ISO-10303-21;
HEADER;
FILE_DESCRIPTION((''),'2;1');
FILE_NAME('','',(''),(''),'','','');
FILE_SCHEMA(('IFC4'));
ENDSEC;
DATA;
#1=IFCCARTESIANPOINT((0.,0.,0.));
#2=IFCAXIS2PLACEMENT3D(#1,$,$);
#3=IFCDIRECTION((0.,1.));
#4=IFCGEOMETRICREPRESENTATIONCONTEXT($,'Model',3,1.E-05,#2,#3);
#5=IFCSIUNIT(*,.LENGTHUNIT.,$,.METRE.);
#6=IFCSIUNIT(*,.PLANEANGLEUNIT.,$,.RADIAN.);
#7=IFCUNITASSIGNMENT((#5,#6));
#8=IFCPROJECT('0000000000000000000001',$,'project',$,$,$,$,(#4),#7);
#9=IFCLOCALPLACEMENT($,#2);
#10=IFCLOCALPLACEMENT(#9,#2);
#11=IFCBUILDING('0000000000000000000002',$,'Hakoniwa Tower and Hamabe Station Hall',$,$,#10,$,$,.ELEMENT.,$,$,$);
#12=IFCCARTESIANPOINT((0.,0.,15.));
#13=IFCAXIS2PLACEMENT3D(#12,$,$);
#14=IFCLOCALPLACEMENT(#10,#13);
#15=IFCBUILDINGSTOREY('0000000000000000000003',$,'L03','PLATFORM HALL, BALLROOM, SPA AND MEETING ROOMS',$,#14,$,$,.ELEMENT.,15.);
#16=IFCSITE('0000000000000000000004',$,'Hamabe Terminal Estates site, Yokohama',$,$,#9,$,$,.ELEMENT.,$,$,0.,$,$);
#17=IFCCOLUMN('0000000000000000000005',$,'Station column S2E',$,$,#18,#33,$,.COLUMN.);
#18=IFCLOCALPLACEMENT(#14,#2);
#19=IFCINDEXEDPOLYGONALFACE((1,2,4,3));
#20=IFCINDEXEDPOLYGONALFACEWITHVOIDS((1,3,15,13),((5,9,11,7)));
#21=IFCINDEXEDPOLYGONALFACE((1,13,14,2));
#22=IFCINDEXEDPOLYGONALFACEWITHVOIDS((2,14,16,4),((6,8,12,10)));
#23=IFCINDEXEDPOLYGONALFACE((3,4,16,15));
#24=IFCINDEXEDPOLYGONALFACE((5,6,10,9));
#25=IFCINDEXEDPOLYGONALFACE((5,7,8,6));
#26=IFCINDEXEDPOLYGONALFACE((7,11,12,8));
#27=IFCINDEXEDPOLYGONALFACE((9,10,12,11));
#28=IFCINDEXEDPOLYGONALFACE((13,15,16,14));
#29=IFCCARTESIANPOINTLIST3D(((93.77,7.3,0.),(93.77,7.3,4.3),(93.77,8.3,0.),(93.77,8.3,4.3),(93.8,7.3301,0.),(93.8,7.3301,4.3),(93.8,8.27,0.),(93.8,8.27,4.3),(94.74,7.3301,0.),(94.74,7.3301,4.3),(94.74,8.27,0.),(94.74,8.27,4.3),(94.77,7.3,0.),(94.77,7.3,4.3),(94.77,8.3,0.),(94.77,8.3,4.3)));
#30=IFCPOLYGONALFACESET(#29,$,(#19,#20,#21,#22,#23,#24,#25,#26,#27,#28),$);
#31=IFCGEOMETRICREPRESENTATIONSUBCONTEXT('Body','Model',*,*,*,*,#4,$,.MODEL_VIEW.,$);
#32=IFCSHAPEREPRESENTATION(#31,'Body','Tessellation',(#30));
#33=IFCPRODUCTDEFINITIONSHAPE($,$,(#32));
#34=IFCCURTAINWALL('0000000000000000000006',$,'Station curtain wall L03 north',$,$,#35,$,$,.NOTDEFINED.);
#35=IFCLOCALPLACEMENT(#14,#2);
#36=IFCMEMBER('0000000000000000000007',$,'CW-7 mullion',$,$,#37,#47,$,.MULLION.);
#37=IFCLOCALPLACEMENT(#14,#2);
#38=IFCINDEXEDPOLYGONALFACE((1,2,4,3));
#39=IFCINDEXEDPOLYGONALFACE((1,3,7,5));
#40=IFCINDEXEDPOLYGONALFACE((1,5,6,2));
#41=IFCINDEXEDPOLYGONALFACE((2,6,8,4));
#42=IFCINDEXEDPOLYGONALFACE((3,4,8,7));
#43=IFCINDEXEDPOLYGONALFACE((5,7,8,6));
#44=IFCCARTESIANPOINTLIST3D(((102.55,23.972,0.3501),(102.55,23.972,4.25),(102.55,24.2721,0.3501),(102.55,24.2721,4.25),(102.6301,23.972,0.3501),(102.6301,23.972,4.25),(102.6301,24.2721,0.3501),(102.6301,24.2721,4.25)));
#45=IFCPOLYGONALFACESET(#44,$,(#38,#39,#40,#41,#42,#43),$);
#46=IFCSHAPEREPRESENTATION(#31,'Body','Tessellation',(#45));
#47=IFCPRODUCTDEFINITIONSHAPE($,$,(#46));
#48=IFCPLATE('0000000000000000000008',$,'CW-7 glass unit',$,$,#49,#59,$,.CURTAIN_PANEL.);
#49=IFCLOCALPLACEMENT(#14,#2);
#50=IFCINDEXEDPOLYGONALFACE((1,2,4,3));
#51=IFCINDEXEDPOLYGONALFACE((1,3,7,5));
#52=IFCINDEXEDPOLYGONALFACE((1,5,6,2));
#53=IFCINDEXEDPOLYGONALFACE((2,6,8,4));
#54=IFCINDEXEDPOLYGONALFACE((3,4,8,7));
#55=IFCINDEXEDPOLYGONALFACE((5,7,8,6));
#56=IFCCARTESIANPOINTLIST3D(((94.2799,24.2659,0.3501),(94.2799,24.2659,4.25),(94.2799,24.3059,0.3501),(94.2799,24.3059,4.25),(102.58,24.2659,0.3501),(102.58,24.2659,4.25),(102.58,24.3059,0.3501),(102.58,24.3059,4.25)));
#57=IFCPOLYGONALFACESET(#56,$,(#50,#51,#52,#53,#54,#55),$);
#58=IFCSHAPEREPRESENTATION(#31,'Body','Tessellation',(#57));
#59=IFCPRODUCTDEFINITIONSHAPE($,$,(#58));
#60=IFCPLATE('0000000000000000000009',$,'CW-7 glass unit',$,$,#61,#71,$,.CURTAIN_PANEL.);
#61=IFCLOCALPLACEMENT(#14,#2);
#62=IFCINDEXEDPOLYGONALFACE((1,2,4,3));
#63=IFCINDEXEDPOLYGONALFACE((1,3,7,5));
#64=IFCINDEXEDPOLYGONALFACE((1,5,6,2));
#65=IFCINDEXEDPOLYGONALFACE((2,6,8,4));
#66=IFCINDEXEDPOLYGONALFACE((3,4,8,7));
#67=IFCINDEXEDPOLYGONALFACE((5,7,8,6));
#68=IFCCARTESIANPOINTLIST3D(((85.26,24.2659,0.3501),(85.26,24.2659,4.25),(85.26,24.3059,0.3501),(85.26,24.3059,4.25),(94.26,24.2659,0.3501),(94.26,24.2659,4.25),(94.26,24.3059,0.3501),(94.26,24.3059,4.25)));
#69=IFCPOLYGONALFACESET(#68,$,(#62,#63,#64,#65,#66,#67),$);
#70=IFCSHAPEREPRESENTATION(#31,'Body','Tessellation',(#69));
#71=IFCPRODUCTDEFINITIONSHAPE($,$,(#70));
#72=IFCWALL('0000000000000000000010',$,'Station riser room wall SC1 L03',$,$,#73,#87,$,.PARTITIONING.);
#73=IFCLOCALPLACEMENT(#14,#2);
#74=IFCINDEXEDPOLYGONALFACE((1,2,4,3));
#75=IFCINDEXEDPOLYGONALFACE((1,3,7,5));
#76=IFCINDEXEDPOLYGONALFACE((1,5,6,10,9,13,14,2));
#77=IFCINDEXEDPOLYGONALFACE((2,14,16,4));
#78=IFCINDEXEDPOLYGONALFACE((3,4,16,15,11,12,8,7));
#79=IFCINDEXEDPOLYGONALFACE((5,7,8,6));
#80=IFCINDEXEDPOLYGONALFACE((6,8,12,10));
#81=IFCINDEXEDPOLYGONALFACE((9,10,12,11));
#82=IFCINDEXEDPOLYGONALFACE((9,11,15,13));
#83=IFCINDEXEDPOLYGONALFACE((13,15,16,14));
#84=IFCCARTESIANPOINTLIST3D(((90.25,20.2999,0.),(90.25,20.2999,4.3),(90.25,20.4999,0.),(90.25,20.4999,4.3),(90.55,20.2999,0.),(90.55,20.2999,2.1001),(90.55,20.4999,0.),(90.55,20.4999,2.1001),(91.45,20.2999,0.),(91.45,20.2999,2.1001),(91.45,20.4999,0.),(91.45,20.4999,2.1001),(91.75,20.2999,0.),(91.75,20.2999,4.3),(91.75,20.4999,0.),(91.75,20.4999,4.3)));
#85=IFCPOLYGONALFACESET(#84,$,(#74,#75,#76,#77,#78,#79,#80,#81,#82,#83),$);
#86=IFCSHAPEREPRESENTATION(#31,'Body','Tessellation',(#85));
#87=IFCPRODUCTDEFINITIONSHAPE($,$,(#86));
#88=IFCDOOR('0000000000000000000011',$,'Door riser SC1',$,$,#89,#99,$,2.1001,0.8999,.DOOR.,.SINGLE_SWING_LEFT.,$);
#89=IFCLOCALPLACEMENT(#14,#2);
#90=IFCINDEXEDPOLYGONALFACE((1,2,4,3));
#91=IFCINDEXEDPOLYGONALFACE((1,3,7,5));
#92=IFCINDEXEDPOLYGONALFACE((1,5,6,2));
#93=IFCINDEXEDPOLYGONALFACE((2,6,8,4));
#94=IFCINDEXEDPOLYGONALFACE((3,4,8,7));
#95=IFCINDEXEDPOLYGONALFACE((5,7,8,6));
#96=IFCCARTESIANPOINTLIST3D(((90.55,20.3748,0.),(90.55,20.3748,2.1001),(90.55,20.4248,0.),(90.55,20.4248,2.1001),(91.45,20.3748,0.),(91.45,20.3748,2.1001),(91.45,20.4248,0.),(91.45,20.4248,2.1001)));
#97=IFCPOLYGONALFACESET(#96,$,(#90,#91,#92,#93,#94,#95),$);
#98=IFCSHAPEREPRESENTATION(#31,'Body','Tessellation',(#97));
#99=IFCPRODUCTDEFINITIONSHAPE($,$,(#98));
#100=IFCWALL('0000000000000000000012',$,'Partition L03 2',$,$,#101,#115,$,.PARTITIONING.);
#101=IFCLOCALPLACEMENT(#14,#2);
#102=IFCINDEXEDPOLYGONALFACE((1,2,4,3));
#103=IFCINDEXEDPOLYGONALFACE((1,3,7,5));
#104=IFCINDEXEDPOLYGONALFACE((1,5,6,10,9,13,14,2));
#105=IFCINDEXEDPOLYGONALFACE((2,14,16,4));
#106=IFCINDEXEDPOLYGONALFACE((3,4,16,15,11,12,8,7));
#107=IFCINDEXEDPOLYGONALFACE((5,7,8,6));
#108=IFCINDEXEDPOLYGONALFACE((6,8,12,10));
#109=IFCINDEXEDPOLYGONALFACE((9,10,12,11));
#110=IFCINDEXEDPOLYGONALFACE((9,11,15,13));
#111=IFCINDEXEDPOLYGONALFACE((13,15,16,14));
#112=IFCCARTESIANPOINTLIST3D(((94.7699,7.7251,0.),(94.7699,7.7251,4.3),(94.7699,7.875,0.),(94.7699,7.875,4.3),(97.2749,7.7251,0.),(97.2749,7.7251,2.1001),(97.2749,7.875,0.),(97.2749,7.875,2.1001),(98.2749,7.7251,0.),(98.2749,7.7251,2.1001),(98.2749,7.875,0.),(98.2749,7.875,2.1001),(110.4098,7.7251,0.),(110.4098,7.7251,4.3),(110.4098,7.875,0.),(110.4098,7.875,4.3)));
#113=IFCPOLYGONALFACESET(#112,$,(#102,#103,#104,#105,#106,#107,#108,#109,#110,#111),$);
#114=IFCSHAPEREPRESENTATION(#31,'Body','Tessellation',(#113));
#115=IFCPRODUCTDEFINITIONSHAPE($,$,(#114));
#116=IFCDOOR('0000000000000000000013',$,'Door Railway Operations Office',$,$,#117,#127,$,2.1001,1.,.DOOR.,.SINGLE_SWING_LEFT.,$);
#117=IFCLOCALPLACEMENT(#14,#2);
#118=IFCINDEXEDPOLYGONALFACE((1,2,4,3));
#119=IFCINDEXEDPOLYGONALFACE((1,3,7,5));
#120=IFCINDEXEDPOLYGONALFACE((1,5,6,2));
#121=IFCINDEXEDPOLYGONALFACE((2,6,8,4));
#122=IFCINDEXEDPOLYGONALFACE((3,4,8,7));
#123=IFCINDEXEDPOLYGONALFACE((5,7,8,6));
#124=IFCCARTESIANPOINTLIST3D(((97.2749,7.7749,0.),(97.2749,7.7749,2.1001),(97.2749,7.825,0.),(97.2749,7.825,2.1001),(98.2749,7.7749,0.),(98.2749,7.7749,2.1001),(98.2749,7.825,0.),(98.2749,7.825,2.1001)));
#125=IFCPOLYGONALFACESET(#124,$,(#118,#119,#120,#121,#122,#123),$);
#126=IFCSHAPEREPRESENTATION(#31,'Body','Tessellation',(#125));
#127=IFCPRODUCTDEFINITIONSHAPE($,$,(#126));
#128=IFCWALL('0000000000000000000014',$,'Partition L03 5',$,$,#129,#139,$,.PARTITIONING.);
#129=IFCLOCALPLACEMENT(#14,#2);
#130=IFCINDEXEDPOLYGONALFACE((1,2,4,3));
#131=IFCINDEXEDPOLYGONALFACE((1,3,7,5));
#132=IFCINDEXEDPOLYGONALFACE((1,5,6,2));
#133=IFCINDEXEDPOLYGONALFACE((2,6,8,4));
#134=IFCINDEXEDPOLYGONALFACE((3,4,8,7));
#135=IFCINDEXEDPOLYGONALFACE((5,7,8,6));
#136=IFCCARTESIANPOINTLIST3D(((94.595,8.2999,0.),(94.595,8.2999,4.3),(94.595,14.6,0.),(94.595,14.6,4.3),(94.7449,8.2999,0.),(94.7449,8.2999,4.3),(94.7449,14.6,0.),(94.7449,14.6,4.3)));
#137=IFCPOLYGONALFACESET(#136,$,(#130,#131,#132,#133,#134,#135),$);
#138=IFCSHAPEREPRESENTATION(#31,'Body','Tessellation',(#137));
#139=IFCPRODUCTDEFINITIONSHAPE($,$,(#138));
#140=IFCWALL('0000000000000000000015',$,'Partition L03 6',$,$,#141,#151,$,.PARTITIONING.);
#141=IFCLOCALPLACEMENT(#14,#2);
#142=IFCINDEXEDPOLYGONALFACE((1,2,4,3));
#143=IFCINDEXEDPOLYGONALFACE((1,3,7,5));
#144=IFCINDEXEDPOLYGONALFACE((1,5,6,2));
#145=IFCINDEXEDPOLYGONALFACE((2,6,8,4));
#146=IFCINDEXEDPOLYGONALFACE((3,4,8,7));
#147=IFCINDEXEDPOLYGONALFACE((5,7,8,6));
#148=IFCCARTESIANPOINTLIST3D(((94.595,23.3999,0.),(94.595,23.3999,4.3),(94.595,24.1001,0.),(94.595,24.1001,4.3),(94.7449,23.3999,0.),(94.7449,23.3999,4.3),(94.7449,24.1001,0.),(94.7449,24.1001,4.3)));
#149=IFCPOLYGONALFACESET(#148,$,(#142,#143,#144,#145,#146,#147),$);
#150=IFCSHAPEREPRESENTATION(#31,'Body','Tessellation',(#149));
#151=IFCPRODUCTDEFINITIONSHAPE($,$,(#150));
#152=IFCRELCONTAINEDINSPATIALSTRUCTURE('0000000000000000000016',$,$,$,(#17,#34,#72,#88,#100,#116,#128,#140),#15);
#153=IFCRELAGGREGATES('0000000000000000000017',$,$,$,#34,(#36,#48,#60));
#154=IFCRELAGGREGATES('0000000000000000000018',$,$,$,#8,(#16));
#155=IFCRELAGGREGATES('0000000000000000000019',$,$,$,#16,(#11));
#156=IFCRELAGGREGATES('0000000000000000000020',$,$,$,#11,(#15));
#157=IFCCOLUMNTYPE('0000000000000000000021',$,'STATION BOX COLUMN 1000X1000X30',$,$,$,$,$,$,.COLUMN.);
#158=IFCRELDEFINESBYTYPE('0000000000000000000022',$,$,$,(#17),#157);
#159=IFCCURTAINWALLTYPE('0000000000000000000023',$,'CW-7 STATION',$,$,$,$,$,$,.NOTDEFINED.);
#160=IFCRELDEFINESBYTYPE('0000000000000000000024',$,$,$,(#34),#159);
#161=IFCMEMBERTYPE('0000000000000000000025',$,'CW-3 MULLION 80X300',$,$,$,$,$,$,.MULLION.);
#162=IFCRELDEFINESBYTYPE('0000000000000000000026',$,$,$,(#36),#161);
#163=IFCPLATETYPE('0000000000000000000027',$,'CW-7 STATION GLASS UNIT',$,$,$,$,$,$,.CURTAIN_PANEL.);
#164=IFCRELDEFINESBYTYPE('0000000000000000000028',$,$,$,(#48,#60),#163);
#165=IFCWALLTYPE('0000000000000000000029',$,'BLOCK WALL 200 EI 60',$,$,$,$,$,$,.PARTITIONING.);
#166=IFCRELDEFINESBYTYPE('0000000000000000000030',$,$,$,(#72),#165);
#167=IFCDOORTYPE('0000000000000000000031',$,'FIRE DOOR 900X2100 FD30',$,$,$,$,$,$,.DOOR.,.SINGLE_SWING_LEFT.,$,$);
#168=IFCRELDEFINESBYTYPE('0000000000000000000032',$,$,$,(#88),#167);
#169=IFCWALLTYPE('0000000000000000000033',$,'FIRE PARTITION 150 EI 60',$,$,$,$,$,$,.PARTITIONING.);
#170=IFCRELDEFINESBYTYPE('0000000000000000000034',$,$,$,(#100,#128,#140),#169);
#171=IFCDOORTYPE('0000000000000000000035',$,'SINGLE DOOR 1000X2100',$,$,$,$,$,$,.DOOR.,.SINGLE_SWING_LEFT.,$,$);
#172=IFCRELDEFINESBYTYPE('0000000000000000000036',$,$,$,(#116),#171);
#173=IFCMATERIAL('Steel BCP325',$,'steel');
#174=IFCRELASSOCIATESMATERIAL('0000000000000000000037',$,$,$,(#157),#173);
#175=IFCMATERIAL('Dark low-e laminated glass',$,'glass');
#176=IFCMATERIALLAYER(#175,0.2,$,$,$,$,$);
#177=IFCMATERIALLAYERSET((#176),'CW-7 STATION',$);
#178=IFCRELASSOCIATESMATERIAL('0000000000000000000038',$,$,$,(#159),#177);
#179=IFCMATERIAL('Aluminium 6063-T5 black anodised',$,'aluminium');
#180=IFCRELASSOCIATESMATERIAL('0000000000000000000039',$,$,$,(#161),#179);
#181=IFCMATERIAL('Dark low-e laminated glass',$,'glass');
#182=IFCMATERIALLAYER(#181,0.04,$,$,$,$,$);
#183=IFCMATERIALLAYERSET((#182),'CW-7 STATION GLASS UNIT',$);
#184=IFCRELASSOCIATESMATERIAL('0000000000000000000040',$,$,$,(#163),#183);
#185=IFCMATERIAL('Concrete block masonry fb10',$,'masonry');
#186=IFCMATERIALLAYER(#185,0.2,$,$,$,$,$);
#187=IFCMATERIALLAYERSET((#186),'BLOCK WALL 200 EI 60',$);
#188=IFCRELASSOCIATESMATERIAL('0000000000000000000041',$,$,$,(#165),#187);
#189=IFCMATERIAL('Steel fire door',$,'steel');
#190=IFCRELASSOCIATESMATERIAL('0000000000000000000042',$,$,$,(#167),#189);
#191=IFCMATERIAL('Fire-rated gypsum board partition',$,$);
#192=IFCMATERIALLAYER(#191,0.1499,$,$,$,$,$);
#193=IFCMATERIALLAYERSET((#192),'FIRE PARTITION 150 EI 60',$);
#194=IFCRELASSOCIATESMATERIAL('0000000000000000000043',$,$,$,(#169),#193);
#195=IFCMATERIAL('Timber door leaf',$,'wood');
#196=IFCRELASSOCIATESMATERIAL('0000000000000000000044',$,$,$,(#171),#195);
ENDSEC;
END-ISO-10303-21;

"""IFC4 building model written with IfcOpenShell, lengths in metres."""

from ifc_helpers import new_model, si_unit, direction, frame, frame_2d, origin, origin_2d, place, context, subcontext, project, spatial, rectangle, hollow_rectangle, extrude, material, layer, layer_set, material_profile, profile_set, type_object, element, fill, aggregate, save


model = new_model("IFC4")

# Units and contexts
model_context = context("Model", 3, precision=1e-05, world=origin(), true_north=direction((0.0, 1.0)))
body_context = subcontext(model_context, "Body", "Model", "MODEL_VIEW")
ifc_project = project(units=[si_unit("LENGTHUNIT", "METRE"), si_unit("PLANEANGLEUNIT", "RADIAN")], contexts=[model_context])

# Site, building, storey
site_placement = place(None, origin())
site = spatial("IfcSite", under=ifc_project, at=site_placement, Name="Hamabe Terminal Estates site, Yokohama", CompositionType="ELEMENT", RefElevation=0.0)
building_placement = place(site_placement, origin())
building = spatial("IfcBuilding", under=site, at=building_placement, Name="Hakoniwa Tower and Hamabe Station Hall", CompositionType="ELEMENT")
storey_placement = place(building_placement, frame((0.0, 0.0, 15.0)))
storey = spatial("IfcBuildingStorey", under=building, at=storey_placement, Name="L03", Description="PLATFORM HALL, BALLROOM, SPA AND MEETING ROOMS", CompositionType="ELEMENT", Elevation=15.0)

# Column
ifc_material_1 = material(Name="Steel BCP325", Category="steel")
ifc_material_profile_1 = material_profile(ifc_material_1, hollow_rectangle(XDim=1.0, YDim=1.0, WallThickness=0.03, at=origin_2d()), Name="STATION BOX COLUMN 1000X1000X30")
ifc_profile_set_1 = profile_set([ifc_material_profile_1], Name="Steel BCP325")
column_type = type_object("IfcColumnType", Name="STATION BOX COLUMN 1000X1000X30", PredefinedType="COLUMN", material=ifc_profile_set_1)
column_placement = place(storey_placement, frame((94.27, 7.8, 0.0), z_axis=(0.0, 0.0, 1.0), x_axis=(1.0, 0.0, 0.0)))
element("IfcColumn", 1, at=column_placement, inside=storey, type_object=column_type, Name="Station column S2E", PredefinedType="COLUMN", context=body_context, shape_type="SweptSolid", body=[
    extrude(hollow_rectangle(XDim=1.0, YDim=1.0, WallThickness=0.03, at=origin_2d()), origin(), (0.0, 0.0, 1.0), 4.3),
])

# Curtain wall, member, plates
ifc_material_2 = material(Name="Dark low-e laminated glass", Category="glass")
ifc_layer_1 = layer(ifc_material_2, 0.2)
ifc_layer_set_1 = layer_set([ifc_layer_1], Name="CW-7 STATION")
curtain_wall_type = type_object("IfcCurtainWallType", Name="CW-7 STATION", PredefinedType="NOTDEFINED", material=ifc_layer_set_1)
curtain_wall_placement = place(storey_placement, origin())
curtain_wall = element("IfcCurtainWall", 2, at=curtain_wall_placement, inside=storey, type_object=curtain_wall_type, Name="Station curtain wall L03 north", PredefinedType="NOTDEFINED")
ifc_material_3 = material(Name="Aluminium 6063-T5 black anodised", Category="aluminium")
ifc_material_profile_2 = material_profile(ifc_material_3, rectangle(XDim=0.0801, YDim=0.3, at=origin_2d()), Name="CW-3 MULLION 80X300")
ifc_profile_set_2 = profile_set([ifc_material_profile_2], Name="Aluminium 6063-T5 black anodised")
member_type = type_object("IfcMemberType", Name="CW-3 MULLION 80X300", PredefinedType="MULLION", material=ifc_profile_set_2)
member_placement = place(storey_placement, frame((102.5901, 24.1221, 0.3501), z_axis=(0.0, 0.0, 1.0), x_axis=(-1.0, 0.0, 0.0)))
member = element("IfcMember", 3, at=member_placement, type_object=member_type, Name="CW-7 mullion", PredefinedType="MULLION", context=body_context, shape_type="SweptSolid", body=[
    extrude(rectangle(XDim=0.0801, YDim=0.3, at=origin_2d()), origin(), (0.0, 0.0, 1.0), 3.8999),
])
ifc_material_4 = material(Name="Dark low-e laminated glass", Category="glass")
ifc_layer_2 = layer(ifc_material_4, 0.04)
ifc_layer_set_2 = layer_set([ifc_layer_2], Name="CW-7 STATION GLASS UNIT")
plate_type = type_object("IfcPlateType", Name="CW-7 STATION GLASS UNIT", PredefinedType="CURTAIN_PANEL", material=ifc_layer_set_2)
plate_1_placement = place(storey_placement, frame((98.4299, 24.2859, 0.3501), z_axis=(0.0, 0.0, 1.0), x_axis=(-1.0, 0.0, 0.0)))
plate_1 = element("IfcPlate", 4, at=plate_1_placement, type_object=plate_type, Name="CW-7 glass unit", PredefinedType="CURTAIN_PANEL", context=body_context, shape_type="SweptSolid", body=[
    extrude(rectangle(XDim=8.3, YDim=0.04, at=origin_2d()), origin(), (0.0, 0.0, 1.0), 3.8999),
])
plate_2_placement = place(storey_placement, frame((89.76, 24.2859, 0.3501), z_axis=(0.0, 0.0, 1.0), x_axis=(-1.0, 0.0, 0.0)))
plate_2 = element("IfcPlate", 5, at=plate_2_placement, type_object=plate_type, Name="CW-7 glass unit", PredefinedType="CURTAIN_PANEL", context=body_context, shape_type="SweptSolid", body=[
    extrude(rectangle(XDim=9.0, YDim=0.04, at=origin_2d()), origin(), (0.0, 0.0, 1.0), 3.8999),
])
aggregate(curtain_wall, [member, plate_1, plate_2])

# Walls, openings, doors
ifc_material_5 = material(Name="Concrete block masonry fb10", Category="masonry")
ifc_layer_3 = layer(ifc_material_5, 0.2)
ifc_layer_set_3 = layer_set([ifc_layer_3], Name="BLOCK WALL 200 EI 60")
wall_type_1 = type_object("IfcWallType", Name="BLOCK WALL 200 EI 60", PredefinedType="PARTITIONING", material=ifc_layer_set_3)
wall_1_placement = place(storey_placement, frame((90.25, 20.3999, 0.0), z_axis=(0.0, 0.0, 1.0), x_axis=(1.0, 0.0, 0.0)))
wall_1 = element("IfcWall", 6, at=wall_1_placement, inside=storey, type_object=wall_type_1, Name="Station riser room wall SC1 L03", PredefinedType="PARTITIONING", context=body_context, shape_type="SweptSolid", body=[
    extrude(rectangle(XDim=1.5, YDim=0.2, at=frame_2d((0.75, 0.0))), origin(), (0.0, 0.0, 1.0), 4.3),
])
opening_1_placement = place(wall_1_placement, frame((0.3, 0.0, 0.0)))
opening_1 = element("IfcOpeningElement", 7, at=opening_1_placement, cuts=wall_1, PredefinedType="OPENING", context=body_context, shape_type="SweptSolid", body=[
    extrude(rectangle(XDim=0.8999, YDim=2.1001, at=frame_2d((0.45, 1.05))), frame((0.0, 0.1099, 0.0), z_axis=(0.0, -1.0, 0.0), x_axis=(1.0, 0.0, 0.0)), (0.0, 0.0, 1.0), 0.22),
])
ifc_material_6 = material(Name="Steel fire door", Category="steel")
door_type_1 = type_object("IfcDoorType", Name="FIRE DOOR 900X2100 FD30", OperationType="SINGLE_SWING_LEFT", PredefinedType="DOOR", material=ifc_material_6)
door_1_placement = place(opening_1_placement, origin())
door_1 = element("IfcDoor", 8, at=door_1_placement, inside=storey, type_object=door_type_1, Name="Door riser SC1", OperationType="SINGLE_SWING_LEFT", OverallHeight=2.1001, OverallWidth=0.8999, PredefinedType="DOOR", context=body_context, shape_type="SweptSolid", body=[
    extrude(rectangle(XDim=0.8999, YDim=2.1001, at=frame_2d((0.45, 1.05))), frame((0.0, 0.0249, 0.0), z_axis=(0.0, -1.0, 0.0), x_axis=(1.0, 0.0, 0.0)), (0.0, 0.0, 1.0), 0.05),
])
fill(opening_1, door_1)
ifc_material_7 = material(Name="Fire-rated gypsum board partition")
ifc_layer_4 = layer(ifc_material_7, 0.1499)
ifc_layer_set_4 = layer_set([ifc_layer_4], Name="FIRE PARTITION 150 EI 60")
wall_type_2 = type_object("IfcWallType", Name="FIRE PARTITION 150 EI 60", PredefinedType="PARTITIONING", material=ifc_layer_set_4)
wall_2_placement = place(storey_placement, frame((94.77, 7.8, 0.0), z_axis=(0.0, 0.0, 1.0), x_axis=(1.0, 0.0, 0.0)))
wall_2 = element("IfcWall", 9, at=wall_2_placement, inside=storey, type_object=wall_type_2, Name="Partition L03 2", PredefinedType="PARTITIONING", context=body_context, shape_type="SweptSolid", body=[
    extrude(rectangle(XDim=15.6399, YDim=0.1499, at=frame_2d((7.8198, 0.0))), origin(), (0.0, 0.0, 1.0), 4.3),
])
opening_2_placement = place(wall_2_placement, frame((2.5049, 0.0, 0.0)))
opening_2 = element("IfcOpeningElement", 10, at=opening_2_placement, cuts=wall_2, PredefinedType="OPENING", context=body_context, shape_type="SweptSolid", body=[
    extrude(rectangle(XDim=1.0, YDim=2.1001, at=frame_2d((0.5, 1.05))), frame((0.0, 0.085, 0.0), z_axis=(0.0, -1.0, 0.0), x_axis=(1.0, 0.0, 0.0)), (0.0, 0.0, 1.0), 0.1699),
])
ifc_material_8 = material(Name="Timber door leaf", Category="wood")
door_type_2 = type_object("IfcDoorType", Name="SINGLE DOOR 1000X2100", OperationType="SINGLE_SWING_LEFT", PredefinedType="DOOR", material=ifc_material_8)
door_2_placement = place(opening_2_placement, origin())
door_2 = element("IfcDoor", 11, at=door_2_placement, inside=storey, type_object=door_type_2, Name="Door Railway Operations Office", OperationType="SINGLE_SWING_LEFT", OverallHeight=2.1001, OverallWidth=1.0, PredefinedType="DOOR", context=body_context, shape_type="SweptSolid", body=[
    extrude(rectangle(XDim=1.0, YDim=2.1001, at=frame_2d((0.5, 1.05))), frame((0.0, 0.0249, 0.0), z_axis=(0.0, -1.0, 0.0), x_axis=(1.0, 0.0, 0.0)), (0.0, 0.0, 1.0), 0.05),
])
fill(opening_2, door_2)

# Walls
wall_3_placement = place(storey_placement, frame((94.6699, 8.3, 0.0), z_axis=(0.0, 0.0, 1.0), x_axis=(0.0, 1.0, 0.0)))
element("IfcWall", 12, at=wall_3_placement, inside=storey, type_object=wall_type_2, Name="Partition L03 5", PredefinedType="PARTITIONING", context=body_context, shape_type="SweptSolid", body=[
    extrude(rectangle(XDim=6.3, YDim=0.1499, at=frame_2d((3.1499, 0.0))), origin(), (0.0, 0.0, 1.0), 4.3),
])
wall_4_placement = place(storey_placement, frame((94.6699, 23.3999, 0.0), z_axis=(0.0, 0.0, 1.0), x_axis=(0.0, 1.0, 0.0)))
element("IfcWall", 13, at=wall_4_placement, inside=storey, type_object=wall_type_2, Name="Partition L03 6", PredefinedType="PARTITIONING", context=body_context, shape_type="SweptSolid", body=[
    extrude(rectangle(XDim=0.7002, YDim=0.1499, at=frame_2d((0.3501, 0.0))), origin(), (0.0, 0.0, 1.0), 4.3),
])

save(model, "model.ifc")
